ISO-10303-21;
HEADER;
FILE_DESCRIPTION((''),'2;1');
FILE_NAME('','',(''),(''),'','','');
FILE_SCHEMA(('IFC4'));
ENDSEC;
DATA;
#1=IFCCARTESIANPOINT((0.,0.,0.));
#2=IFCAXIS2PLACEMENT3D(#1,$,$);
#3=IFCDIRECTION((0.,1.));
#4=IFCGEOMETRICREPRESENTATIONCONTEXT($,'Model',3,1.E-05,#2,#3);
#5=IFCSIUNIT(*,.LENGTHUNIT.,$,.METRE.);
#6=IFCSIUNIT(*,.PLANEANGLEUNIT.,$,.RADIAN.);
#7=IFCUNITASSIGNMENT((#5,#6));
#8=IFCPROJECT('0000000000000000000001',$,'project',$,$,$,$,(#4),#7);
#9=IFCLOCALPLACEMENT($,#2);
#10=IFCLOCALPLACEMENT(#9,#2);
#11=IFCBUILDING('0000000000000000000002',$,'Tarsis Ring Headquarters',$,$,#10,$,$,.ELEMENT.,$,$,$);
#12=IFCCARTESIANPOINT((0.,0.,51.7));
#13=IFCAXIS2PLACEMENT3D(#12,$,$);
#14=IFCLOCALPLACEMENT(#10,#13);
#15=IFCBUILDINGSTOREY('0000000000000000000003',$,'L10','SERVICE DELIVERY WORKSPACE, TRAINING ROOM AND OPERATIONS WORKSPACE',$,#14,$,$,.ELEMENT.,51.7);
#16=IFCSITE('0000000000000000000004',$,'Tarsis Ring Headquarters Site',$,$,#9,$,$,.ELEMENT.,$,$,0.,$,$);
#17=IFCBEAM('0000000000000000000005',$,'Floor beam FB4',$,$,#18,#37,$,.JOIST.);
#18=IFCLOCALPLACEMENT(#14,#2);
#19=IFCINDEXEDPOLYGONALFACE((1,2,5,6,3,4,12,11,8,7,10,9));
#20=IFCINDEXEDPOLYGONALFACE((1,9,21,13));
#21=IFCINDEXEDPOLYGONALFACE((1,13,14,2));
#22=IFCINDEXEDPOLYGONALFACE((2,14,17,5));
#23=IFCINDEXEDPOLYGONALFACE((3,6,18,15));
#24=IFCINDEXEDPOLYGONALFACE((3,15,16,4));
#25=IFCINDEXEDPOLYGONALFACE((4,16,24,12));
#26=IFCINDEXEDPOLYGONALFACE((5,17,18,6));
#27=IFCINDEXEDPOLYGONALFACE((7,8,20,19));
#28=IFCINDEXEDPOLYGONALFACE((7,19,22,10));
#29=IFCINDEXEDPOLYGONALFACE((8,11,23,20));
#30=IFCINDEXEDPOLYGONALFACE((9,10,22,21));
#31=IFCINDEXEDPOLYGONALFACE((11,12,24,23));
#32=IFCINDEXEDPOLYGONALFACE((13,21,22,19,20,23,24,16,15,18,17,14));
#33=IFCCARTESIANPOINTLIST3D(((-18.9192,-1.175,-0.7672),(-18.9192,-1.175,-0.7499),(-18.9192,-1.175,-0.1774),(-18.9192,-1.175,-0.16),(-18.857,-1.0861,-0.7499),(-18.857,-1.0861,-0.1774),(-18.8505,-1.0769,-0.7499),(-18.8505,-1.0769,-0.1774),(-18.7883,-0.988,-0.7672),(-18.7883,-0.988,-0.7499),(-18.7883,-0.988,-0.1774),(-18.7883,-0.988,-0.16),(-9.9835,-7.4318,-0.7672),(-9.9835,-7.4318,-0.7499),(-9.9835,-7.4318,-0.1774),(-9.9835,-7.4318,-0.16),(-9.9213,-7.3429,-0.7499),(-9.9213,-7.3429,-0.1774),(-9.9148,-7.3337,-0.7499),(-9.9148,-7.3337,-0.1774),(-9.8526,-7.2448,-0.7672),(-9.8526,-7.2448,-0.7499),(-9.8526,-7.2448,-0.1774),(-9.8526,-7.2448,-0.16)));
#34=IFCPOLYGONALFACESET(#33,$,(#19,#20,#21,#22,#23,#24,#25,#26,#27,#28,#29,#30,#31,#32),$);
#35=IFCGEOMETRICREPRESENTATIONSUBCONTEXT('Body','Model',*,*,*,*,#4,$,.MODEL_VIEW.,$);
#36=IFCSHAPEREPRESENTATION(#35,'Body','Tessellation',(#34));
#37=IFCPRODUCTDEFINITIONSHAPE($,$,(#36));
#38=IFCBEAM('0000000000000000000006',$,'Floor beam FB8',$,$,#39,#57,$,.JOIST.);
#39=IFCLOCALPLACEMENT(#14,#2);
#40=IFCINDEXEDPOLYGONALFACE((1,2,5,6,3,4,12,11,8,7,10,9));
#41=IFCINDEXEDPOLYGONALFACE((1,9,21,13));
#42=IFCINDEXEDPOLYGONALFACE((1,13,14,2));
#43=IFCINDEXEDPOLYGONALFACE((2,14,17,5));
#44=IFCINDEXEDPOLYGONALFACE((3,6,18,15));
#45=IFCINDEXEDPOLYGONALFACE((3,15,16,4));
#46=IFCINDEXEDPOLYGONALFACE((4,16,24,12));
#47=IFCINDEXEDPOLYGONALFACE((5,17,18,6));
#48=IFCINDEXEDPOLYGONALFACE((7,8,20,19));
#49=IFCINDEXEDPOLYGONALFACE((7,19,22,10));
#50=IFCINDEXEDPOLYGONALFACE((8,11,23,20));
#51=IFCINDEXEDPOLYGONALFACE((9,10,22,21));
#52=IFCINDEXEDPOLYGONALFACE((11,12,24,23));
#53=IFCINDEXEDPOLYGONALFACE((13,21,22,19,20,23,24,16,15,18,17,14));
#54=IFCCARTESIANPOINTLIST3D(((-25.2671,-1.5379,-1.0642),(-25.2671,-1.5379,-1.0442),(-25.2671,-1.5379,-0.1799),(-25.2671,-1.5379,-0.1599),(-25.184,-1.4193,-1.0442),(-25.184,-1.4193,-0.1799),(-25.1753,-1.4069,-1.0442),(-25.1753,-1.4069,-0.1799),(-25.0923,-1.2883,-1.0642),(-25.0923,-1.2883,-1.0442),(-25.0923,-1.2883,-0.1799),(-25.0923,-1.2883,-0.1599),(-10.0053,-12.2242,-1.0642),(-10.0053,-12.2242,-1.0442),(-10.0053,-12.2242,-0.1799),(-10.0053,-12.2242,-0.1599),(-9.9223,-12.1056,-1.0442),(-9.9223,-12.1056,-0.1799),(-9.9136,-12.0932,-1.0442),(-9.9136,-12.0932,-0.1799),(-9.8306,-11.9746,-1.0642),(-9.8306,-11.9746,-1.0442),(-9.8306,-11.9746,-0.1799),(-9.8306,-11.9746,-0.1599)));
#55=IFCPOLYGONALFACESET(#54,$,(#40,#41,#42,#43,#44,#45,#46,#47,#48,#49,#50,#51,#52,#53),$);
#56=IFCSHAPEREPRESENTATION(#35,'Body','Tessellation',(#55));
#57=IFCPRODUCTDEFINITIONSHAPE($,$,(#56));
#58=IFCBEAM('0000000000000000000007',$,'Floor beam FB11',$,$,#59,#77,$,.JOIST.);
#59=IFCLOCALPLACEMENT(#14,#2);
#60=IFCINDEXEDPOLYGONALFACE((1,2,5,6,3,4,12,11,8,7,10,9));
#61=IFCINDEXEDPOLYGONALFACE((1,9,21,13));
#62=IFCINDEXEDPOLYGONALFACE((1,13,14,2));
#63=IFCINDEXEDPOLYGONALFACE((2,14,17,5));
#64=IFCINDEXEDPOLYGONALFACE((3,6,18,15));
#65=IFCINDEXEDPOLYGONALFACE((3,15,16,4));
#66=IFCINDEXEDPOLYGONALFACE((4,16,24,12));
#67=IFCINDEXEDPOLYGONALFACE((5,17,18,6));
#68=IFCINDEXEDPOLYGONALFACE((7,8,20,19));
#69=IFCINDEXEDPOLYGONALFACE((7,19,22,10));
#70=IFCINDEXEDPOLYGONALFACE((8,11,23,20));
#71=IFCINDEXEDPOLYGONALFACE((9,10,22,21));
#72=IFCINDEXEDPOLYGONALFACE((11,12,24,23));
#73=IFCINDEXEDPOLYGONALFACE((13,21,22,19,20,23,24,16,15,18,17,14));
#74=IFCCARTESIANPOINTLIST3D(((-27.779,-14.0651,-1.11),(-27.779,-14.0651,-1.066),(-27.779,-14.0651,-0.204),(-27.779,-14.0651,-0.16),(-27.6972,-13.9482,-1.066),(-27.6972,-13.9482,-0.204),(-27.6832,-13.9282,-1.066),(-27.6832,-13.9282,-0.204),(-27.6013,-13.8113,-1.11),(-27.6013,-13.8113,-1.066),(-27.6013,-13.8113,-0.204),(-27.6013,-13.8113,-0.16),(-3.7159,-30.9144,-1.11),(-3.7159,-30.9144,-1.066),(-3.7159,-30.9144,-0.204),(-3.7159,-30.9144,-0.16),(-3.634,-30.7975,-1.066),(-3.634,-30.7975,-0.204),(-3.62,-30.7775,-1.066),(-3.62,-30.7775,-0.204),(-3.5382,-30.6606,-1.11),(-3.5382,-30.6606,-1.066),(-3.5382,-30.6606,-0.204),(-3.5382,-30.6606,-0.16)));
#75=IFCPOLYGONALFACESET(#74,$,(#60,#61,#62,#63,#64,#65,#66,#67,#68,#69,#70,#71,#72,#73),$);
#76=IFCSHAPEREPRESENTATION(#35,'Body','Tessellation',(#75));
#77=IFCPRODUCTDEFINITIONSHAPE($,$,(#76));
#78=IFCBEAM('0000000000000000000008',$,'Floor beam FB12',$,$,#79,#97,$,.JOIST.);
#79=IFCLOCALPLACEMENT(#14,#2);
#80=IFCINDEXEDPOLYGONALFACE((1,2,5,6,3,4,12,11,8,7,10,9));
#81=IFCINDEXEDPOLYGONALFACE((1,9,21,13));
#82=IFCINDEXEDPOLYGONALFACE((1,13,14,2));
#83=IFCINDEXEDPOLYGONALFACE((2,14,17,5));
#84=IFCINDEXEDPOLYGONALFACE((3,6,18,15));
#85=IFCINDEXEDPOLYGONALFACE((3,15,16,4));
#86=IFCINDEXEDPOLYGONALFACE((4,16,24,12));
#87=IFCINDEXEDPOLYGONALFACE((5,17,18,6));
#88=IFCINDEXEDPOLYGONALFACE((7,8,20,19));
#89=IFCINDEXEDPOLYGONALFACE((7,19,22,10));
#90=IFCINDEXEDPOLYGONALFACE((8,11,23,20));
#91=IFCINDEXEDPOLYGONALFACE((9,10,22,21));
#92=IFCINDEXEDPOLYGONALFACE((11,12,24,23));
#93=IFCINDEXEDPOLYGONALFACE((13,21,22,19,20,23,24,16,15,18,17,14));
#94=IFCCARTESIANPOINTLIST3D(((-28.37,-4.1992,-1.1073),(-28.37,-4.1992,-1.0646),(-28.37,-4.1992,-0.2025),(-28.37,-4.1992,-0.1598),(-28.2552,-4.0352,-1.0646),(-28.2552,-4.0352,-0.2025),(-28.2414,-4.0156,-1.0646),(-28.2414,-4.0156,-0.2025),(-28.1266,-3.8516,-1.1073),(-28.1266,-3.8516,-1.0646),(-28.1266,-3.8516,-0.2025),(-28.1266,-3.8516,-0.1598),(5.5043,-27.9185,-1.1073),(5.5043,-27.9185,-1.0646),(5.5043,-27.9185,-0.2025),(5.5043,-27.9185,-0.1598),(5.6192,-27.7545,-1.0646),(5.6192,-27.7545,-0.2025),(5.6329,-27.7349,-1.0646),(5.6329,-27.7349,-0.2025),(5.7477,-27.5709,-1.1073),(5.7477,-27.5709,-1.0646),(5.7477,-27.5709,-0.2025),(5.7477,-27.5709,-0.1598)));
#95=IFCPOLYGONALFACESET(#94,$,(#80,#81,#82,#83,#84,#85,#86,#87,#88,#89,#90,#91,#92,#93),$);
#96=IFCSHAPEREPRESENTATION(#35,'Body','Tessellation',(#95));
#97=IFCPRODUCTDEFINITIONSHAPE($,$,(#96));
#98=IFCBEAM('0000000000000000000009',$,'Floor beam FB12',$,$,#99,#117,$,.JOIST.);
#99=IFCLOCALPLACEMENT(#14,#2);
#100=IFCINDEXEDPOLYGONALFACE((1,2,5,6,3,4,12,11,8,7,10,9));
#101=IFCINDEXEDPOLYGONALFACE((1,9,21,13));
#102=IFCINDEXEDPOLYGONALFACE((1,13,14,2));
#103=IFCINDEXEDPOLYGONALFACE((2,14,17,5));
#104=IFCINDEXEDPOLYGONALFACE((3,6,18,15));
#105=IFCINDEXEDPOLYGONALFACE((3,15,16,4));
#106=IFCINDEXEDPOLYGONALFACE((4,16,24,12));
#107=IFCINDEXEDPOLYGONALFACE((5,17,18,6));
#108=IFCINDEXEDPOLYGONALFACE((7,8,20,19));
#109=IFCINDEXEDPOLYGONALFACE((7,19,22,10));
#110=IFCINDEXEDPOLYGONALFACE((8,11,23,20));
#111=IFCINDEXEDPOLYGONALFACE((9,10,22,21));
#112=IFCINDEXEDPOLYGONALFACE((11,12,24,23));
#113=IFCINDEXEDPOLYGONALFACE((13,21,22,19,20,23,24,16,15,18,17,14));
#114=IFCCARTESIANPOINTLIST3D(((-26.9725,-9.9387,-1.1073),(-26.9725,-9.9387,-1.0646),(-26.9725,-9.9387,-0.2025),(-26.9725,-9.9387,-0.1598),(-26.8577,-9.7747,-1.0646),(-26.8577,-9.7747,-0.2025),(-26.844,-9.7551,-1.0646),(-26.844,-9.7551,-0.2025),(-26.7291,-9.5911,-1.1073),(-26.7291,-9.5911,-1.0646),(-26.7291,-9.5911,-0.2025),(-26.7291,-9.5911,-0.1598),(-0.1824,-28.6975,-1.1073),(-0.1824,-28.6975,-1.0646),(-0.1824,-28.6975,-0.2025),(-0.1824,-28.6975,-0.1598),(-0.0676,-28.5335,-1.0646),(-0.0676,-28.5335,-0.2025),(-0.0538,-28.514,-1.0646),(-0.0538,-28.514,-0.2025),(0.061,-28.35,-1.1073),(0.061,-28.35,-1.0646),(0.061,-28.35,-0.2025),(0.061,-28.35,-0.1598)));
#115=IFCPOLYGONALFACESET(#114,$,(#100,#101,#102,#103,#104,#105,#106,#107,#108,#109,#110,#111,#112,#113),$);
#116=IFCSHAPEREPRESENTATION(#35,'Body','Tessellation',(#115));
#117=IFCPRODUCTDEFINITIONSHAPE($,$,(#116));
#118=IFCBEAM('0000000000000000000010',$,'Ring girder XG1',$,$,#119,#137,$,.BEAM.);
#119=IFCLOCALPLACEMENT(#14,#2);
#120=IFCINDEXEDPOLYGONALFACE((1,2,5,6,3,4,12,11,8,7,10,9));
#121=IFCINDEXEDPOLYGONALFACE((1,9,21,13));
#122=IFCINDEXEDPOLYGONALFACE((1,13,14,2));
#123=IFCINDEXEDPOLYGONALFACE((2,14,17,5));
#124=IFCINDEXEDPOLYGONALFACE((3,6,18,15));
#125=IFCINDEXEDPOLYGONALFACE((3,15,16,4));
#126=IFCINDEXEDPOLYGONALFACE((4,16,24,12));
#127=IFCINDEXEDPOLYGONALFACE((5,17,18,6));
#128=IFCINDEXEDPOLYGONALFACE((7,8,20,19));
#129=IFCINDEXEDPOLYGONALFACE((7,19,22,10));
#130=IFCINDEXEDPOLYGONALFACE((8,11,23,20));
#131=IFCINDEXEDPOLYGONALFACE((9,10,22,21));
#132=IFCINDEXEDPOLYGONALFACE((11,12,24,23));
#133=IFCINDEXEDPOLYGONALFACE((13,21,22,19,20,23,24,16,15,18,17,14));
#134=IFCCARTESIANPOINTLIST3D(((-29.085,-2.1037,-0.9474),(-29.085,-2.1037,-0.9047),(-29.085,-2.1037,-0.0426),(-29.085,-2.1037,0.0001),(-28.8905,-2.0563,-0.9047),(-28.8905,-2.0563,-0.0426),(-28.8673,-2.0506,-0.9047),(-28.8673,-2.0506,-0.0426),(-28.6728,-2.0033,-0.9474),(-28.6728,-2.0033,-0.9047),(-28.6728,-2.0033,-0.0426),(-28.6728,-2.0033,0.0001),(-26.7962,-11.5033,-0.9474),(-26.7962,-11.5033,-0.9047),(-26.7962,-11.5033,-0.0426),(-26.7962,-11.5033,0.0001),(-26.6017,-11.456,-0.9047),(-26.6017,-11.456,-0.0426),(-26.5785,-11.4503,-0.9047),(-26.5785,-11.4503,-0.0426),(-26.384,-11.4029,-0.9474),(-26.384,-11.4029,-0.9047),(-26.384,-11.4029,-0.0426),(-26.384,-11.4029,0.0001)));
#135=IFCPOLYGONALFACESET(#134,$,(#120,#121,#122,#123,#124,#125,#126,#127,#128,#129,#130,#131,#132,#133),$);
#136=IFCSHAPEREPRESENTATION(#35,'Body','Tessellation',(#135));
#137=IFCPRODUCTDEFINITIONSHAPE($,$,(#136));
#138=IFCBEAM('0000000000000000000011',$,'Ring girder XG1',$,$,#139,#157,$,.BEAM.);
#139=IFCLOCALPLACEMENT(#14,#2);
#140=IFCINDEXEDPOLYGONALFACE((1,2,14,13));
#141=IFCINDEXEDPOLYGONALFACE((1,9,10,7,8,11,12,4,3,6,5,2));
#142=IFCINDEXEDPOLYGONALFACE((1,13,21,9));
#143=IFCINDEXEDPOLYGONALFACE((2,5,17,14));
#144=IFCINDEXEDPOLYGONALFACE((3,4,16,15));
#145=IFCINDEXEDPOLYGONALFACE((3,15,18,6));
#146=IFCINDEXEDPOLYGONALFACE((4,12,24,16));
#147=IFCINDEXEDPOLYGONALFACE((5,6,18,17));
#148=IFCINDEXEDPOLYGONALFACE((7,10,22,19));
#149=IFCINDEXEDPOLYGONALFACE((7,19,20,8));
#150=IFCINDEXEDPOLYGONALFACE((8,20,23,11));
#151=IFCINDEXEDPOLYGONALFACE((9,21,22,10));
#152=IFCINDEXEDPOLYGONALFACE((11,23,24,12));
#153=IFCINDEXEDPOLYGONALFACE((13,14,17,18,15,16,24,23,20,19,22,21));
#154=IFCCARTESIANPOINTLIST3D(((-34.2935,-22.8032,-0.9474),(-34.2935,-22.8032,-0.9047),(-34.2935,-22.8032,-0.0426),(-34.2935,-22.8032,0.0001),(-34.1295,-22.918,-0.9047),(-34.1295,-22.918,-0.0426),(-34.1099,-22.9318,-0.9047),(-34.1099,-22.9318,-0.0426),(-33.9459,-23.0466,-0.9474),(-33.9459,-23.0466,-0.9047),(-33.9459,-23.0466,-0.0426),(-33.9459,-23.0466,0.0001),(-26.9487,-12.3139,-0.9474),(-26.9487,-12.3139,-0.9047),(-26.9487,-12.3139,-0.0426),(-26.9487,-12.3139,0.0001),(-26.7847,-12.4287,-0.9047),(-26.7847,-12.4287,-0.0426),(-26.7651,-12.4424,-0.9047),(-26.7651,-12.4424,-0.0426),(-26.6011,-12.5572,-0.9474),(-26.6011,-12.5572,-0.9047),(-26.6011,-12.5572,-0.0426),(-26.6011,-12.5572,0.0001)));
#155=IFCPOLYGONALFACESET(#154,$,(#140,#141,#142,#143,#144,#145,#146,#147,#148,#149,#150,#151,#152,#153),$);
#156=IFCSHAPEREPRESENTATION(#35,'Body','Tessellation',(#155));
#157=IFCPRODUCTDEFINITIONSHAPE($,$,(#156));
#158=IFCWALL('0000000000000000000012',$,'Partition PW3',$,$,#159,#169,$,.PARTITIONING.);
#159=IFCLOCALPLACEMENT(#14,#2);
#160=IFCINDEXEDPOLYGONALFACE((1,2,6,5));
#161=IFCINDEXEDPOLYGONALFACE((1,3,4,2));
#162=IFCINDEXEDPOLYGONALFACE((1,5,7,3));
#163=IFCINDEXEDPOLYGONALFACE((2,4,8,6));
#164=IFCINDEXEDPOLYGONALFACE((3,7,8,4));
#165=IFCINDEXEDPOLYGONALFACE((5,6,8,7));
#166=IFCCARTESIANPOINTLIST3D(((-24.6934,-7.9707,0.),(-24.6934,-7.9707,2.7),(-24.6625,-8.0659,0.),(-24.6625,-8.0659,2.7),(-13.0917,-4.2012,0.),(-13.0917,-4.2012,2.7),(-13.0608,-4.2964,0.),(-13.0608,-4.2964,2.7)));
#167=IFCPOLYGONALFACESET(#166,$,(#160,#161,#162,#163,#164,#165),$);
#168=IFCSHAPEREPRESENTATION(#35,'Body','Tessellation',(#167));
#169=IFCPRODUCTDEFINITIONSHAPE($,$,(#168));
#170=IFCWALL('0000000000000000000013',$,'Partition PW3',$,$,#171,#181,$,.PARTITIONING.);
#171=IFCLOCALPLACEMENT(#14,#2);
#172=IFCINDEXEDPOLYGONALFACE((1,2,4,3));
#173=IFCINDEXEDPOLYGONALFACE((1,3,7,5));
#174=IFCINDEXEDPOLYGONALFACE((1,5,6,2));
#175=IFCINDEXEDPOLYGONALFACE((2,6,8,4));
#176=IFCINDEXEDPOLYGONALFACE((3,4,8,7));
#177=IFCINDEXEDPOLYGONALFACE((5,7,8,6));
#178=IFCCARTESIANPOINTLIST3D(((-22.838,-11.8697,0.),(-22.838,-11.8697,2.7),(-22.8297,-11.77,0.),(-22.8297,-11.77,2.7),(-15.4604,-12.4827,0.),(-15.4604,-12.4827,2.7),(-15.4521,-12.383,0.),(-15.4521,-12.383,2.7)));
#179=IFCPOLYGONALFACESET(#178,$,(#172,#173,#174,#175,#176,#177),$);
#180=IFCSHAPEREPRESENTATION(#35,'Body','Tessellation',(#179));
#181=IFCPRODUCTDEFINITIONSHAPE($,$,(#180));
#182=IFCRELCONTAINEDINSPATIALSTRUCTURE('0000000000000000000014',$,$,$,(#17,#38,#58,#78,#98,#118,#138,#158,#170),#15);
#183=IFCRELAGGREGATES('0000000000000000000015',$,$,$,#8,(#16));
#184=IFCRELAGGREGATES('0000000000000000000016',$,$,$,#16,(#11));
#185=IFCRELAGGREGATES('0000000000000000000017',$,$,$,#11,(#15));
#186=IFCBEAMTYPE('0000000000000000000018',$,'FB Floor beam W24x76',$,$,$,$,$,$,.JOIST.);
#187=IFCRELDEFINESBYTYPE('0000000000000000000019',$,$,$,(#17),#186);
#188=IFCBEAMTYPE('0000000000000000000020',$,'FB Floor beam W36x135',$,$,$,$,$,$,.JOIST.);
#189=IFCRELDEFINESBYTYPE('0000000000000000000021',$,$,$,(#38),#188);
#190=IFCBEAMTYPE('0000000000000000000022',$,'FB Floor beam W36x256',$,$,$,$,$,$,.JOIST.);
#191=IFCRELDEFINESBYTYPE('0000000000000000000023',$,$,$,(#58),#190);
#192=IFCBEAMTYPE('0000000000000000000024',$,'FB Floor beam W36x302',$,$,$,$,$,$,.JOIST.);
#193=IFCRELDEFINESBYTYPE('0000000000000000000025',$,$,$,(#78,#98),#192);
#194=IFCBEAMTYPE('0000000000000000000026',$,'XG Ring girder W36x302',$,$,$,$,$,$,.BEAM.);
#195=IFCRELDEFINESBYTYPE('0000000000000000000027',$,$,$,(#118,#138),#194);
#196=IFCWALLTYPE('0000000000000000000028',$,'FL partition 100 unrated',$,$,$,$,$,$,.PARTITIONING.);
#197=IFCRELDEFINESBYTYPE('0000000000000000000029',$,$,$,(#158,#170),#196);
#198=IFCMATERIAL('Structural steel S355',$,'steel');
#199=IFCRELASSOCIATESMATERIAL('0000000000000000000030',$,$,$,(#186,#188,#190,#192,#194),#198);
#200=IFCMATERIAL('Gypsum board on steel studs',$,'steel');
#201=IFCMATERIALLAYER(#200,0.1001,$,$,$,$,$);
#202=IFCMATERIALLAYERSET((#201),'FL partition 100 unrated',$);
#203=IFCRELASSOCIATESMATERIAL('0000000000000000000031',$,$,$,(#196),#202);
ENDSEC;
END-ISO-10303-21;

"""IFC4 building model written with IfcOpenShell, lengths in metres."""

from ifc_helpers import new_model, si_unit, direction, frame, frame_2d, origin, origin_2d, place, context, subcontext, project, spatial, rectangle, i_section, extrude, material, layer, layer_set, material_profile, profile_set, type_object, element, save


model = new_model("IFC4")

# Units and contexts
model_context = context("Model", 3, precision=1e-05, world=origin(), true_north=direction((0.0, 1.0)))
body_context = subcontext(model_context, "Body", "Model", "MODEL_VIEW")
ifc_project = project(units=[si_unit("LENGTHUNIT", "METRE"), si_unit("PLANEANGLEUNIT", "RADIAN")], contexts=[model_context])

# Site, building, storey
site_placement = place(None, origin())
site = spatial("IfcSite", under=ifc_project, at=site_placement, Name="Tarsis Ring Headquarters Site", CompositionType="ELEMENT", RefElevation=0.0)
building_placement = place(site_placement, origin())
building = spatial("IfcBuilding", under=site, at=building_placement, Name="Tarsis Ring Headquarters", CompositionType="ELEMENT")
storey_placement = place(building_placement, frame((0.0, 0.0, 51.7)))
storey = spatial("IfcBuildingStorey", under=building, at=storey_placement, Name="L10", Description="SERVICE DELIVERY WORKSPACE, TRAINING ROOM AND OPERATIONS WORKSPACE", CompositionType="ELEMENT", Elevation=51.7)

# Beams
ifc_material_1 = material(Name="Structural steel S355", Category="steel")
ifc_material_profile_1 = material_profile(ifc_material_1, i_section(OverallWidth=0.2283, OverallDepth=0.6072, WebThickness=0.0112, FlangeThickness=0.0173, at=origin_2d()), Name="W24x76")
ifc_profile_set_1 = profile_set([ifc_material_profile_1], Name="Structural steel S355")
beam_type_1 = type_object("IfcBeamType", Name="FB Floor beam W24x76", PredefinedType="JOIST", material=ifc_profile_set_1)
beam_1_placement = place(storey_placement, frame((-18.8538, -1.0815, -0.4636), z_axis=(0.819155, -0.573572, 0.0), x_axis=(0.573572, 0.819155, 0.0)))
element("IfcBeam", 1, at=beam_1_placement, inside=storey, type_object=beam_type_1, Name="Floor beam FB4", PredefinedType="JOIST", context=body_context, shape_type="SweptSolid", body=[
    extrude(i_section(OverallWidth=0.2283, OverallDepth=0.6072, WebThickness=0.0112, FlangeThickness=0.0173, at=origin_2d()), origin(), (0.0, 0.0, 1.0), 10.9084),
])
ifc_material_profile_2 = material_profile(ifc_material_1, i_section(OverallWidth=0.3047, OverallDepth=0.9043, WebThickness=0.0151, FlangeThickness=0.02, at=origin_2d()), Name="W36x135")
ifc_profile_set_2 = profile_set([ifc_material_profile_2], Name="Structural steel S355")
beam_type_2 = type_object("IfcBeamType", Name="FB Floor beam W36x135", PredefinedType="JOIST", material=ifc_profile_set_2)
beam_2_placement = place(storey_placement, frame((-25.1797, -1.4131, -0.6121), z_axis=(0.819154, -0.573573, 0.0), x_axis=(0.573573, 0.819154, 0.0)))
element("IfcBeam", 2, at=beam_2_placement, inside=storey, type_object=beam_type_2, Name="Floor beam FB8", PredefinedType="JOIST", context=body_context, shape_type="SweptSolid", body=[
    extrude(i_section(OverallWidth=0.3047, OverallDepth=0.9043, WebThickness=0.0151, FlangeThickness=0.02, at=origin_2d()), origin(), (0.0, 0.0, 1.0), 18.6311),
])
ifc_material_profile_3 = material_profile(ifc_material_1, i_section(OverallWidth=0.3098, OverallDepth=0.95, WebThickness=0.0244, FlangeThickness=0.0439, at=origin_2d()), Name="W36x256")
ifc_profile_set_3 = profile_set([ifc_material_profile_3], Name="Structural steel S355")
beam_type_3 = type_object("IfcBeamType", Name="FB Floor beam W36x256", PredefinedType="JOIST", material=ifc_profile_set_3)
beam_3_placement = place(storey_placement, frame((-27.6902, -13.9382, -0.635), z_axis=(0.81915, -0.573579, 0.0), x_axis=(0.573579, 0.81915, 0.0)))
element("IfcBeam", 3, at=beam_3_placement, inside=storey, type_object=beam_type_3, Name="Floor beam FB11", PredefinedType="JOIST", context=body_context, shape_type="SweptSolid", body=[
    extrude(i_section(OverallWidth=0.3098, OverallDepth=0.95, WebThickness=0.0244, FlangeThickness=0.0439, at=origin_2d()), origin(), (0.0, 0.0, 1.0), 29.3757),
])
ifc_material_profile_4 = material_profile(ifc_material_1, i_section(OverallWidth=0.4243, OverallDepth=0.9475, WebThickness=0.0239, FlangeThickness=0.0427, at=origin_2d()), Name="W36x302")
ifc_profile_set_4 = profile_set([ifc_material_profile_4], Name="Structural steel S355")
beam_type_4 = type_object("IfcBeamType", Name="FB Floor beam W36x302", PredefinedType="JOIST", material=ifc_profile_set_4)
beam_4_placement = place(storey_placement, frame((-28.2483, -4.0254, -0.6335), z_axis=(0.81915, -0.57358, 0.0), x_axis=(0.57358, 0.81915, 0.0)))
element("IfcBeam", 4, at=beam_4_placement, inside=storey, type_object=beam_type_4, Name="Floor beam FB12", PredefinedType="JOIST", context=body_context, shape_type="SweptSolid", body=[
    extrude(i_section(OverallWidth=0.4243, OverallDepth=0.9475, WebThickness=0.0239, FlangeThickness=0.0427, at=origin_2d()), origin(), (0.0, 0.0, 1.0), 41.353),
])
beam_5_placement = place(storey_placement, frame((-26.8508, -9.7649, -0.6335), z_axis=(0.819149, -0.573581, 0.0), x_axis=(0.573581, 0.819149, 0.0)))
element("IfcBeam", 5, at=beam_5_placement, inside=storey, type_object=beam_type_4, Name="Floor beam FB12", PredefinedType="JOIST", context=body_context, shape_type="SweptSolid", body=[
    extrude(i_section(OverallWidth=0.4243, OverallDepth=0.9475, WebThickness=0.0239, FlangeThickness=0.0427, at=origin_2d()), origin(), (0.0, 0.0, 1.0), 32.7048),
])
beam_type_5 = type_object("IfcBeamType", Name="XG Ring girder W36x302", PredefinedType="BEAM", material=ifc_profile_set_4)
beam_6_placement = place(storey_placement, frame((-28.8789, -2.0535, -0.4736), z_axis=(0.236587, -0.97161, 0.0), x_axis=(0.97161, 0.236587, 0.0)))
element("IfcBeam", 6, at=beam_6_placement, inside=storey, type_object=beam_type_5, Name="Ring girder XG1", PredefinedType="BEAM", context=body_context, shape_type="SweptSolid", body=[
    extrude(i_section(OverallWidth=0.4243, OverallDepth=0.9475, WebThickness=0.0239, FlangeThickness=0.0427, at=origin_2d()), origin(), (0.0, 0.0, 1.0), 9.6743),
])
beam_7_placement = place(storey_placement, frame((-26.7749, -12.4355, -0.4736), z_axis=(-0.57358, -0.81915, 0.0), x_axis=(0.81915, -0.57358, 0.0)))
element("IfcBeam", 7, at=beam_7_placement, inside=storey, type_object=beam_type_5, Name="Ring girder XG1", PredefinedType="BEAM", context=body_context, shape_type="SweptSolid", body=[
    extrude(i_section(OverallWidth=0.4243, OverallDepth=0.9475, WebThickness=0.0239, FlangeThickness=0.0427, at=origin_2d()), origin(), (0.0, 0.0, 1.0), 12.8052),
])

# Walls
ifc_material_2 = material(Name="Gypsum board on steel studs", Category="steel")
ifc_layer_1 = layer(ifc_material_2, 0.1001)
ifc_layer_set_1 = layer_set([ifc_layer_1], Name="FL partition 100 unrated")
wall_type_1 = type_object("IfcWallType", Name="FL partition 100 unrated", PredefinedType="PARTITIONING", material=ifc_layer_set_1)
wall_1_placement = place(storey_placement, frame((-24.678, -8.0183, 0.0), z_axis=(0.0, 0.0, 1.0), x_axis=(0.95106, 0.309008, 0.0)))
element("IfcWall", 8, at=wall_1_placement, inside=storey, type_object=wall_type_1, Name="Partition PW3", PredefinedType="PARTITIONING", context=body_context, shape_type="SweptSolid", body=[
    extrude(rectangle(XDim=12.1987, YDim=0.1001, at=frame_2d((6.0994, 0.0))), origin(), (0.0, 0.0, 1.0), 2.7),
])
wall_2_placement = place(storey_placement, frame((-22.834, -11.8198, 0.0), z_axis=(0.0, 0.0, 1.0), x_axis=(0.996566, -0.082808, 0.0)))
element("IfcWall", 9, at=wall_2_placement, inside=storey, type_object=wall_type_1, Name="Partition PW3", PredefinedType="PARTITIONING", context=body_context, shape_type="SweptSolid", body=[
    extrude(rectangle(XDim=7.4031, YDim=0.1001, at=frame_2d((3.7017, 0.0))), origin(), (0.0, 0.0, 1.0), 2.7),
])

save(model, "model.ifc")
